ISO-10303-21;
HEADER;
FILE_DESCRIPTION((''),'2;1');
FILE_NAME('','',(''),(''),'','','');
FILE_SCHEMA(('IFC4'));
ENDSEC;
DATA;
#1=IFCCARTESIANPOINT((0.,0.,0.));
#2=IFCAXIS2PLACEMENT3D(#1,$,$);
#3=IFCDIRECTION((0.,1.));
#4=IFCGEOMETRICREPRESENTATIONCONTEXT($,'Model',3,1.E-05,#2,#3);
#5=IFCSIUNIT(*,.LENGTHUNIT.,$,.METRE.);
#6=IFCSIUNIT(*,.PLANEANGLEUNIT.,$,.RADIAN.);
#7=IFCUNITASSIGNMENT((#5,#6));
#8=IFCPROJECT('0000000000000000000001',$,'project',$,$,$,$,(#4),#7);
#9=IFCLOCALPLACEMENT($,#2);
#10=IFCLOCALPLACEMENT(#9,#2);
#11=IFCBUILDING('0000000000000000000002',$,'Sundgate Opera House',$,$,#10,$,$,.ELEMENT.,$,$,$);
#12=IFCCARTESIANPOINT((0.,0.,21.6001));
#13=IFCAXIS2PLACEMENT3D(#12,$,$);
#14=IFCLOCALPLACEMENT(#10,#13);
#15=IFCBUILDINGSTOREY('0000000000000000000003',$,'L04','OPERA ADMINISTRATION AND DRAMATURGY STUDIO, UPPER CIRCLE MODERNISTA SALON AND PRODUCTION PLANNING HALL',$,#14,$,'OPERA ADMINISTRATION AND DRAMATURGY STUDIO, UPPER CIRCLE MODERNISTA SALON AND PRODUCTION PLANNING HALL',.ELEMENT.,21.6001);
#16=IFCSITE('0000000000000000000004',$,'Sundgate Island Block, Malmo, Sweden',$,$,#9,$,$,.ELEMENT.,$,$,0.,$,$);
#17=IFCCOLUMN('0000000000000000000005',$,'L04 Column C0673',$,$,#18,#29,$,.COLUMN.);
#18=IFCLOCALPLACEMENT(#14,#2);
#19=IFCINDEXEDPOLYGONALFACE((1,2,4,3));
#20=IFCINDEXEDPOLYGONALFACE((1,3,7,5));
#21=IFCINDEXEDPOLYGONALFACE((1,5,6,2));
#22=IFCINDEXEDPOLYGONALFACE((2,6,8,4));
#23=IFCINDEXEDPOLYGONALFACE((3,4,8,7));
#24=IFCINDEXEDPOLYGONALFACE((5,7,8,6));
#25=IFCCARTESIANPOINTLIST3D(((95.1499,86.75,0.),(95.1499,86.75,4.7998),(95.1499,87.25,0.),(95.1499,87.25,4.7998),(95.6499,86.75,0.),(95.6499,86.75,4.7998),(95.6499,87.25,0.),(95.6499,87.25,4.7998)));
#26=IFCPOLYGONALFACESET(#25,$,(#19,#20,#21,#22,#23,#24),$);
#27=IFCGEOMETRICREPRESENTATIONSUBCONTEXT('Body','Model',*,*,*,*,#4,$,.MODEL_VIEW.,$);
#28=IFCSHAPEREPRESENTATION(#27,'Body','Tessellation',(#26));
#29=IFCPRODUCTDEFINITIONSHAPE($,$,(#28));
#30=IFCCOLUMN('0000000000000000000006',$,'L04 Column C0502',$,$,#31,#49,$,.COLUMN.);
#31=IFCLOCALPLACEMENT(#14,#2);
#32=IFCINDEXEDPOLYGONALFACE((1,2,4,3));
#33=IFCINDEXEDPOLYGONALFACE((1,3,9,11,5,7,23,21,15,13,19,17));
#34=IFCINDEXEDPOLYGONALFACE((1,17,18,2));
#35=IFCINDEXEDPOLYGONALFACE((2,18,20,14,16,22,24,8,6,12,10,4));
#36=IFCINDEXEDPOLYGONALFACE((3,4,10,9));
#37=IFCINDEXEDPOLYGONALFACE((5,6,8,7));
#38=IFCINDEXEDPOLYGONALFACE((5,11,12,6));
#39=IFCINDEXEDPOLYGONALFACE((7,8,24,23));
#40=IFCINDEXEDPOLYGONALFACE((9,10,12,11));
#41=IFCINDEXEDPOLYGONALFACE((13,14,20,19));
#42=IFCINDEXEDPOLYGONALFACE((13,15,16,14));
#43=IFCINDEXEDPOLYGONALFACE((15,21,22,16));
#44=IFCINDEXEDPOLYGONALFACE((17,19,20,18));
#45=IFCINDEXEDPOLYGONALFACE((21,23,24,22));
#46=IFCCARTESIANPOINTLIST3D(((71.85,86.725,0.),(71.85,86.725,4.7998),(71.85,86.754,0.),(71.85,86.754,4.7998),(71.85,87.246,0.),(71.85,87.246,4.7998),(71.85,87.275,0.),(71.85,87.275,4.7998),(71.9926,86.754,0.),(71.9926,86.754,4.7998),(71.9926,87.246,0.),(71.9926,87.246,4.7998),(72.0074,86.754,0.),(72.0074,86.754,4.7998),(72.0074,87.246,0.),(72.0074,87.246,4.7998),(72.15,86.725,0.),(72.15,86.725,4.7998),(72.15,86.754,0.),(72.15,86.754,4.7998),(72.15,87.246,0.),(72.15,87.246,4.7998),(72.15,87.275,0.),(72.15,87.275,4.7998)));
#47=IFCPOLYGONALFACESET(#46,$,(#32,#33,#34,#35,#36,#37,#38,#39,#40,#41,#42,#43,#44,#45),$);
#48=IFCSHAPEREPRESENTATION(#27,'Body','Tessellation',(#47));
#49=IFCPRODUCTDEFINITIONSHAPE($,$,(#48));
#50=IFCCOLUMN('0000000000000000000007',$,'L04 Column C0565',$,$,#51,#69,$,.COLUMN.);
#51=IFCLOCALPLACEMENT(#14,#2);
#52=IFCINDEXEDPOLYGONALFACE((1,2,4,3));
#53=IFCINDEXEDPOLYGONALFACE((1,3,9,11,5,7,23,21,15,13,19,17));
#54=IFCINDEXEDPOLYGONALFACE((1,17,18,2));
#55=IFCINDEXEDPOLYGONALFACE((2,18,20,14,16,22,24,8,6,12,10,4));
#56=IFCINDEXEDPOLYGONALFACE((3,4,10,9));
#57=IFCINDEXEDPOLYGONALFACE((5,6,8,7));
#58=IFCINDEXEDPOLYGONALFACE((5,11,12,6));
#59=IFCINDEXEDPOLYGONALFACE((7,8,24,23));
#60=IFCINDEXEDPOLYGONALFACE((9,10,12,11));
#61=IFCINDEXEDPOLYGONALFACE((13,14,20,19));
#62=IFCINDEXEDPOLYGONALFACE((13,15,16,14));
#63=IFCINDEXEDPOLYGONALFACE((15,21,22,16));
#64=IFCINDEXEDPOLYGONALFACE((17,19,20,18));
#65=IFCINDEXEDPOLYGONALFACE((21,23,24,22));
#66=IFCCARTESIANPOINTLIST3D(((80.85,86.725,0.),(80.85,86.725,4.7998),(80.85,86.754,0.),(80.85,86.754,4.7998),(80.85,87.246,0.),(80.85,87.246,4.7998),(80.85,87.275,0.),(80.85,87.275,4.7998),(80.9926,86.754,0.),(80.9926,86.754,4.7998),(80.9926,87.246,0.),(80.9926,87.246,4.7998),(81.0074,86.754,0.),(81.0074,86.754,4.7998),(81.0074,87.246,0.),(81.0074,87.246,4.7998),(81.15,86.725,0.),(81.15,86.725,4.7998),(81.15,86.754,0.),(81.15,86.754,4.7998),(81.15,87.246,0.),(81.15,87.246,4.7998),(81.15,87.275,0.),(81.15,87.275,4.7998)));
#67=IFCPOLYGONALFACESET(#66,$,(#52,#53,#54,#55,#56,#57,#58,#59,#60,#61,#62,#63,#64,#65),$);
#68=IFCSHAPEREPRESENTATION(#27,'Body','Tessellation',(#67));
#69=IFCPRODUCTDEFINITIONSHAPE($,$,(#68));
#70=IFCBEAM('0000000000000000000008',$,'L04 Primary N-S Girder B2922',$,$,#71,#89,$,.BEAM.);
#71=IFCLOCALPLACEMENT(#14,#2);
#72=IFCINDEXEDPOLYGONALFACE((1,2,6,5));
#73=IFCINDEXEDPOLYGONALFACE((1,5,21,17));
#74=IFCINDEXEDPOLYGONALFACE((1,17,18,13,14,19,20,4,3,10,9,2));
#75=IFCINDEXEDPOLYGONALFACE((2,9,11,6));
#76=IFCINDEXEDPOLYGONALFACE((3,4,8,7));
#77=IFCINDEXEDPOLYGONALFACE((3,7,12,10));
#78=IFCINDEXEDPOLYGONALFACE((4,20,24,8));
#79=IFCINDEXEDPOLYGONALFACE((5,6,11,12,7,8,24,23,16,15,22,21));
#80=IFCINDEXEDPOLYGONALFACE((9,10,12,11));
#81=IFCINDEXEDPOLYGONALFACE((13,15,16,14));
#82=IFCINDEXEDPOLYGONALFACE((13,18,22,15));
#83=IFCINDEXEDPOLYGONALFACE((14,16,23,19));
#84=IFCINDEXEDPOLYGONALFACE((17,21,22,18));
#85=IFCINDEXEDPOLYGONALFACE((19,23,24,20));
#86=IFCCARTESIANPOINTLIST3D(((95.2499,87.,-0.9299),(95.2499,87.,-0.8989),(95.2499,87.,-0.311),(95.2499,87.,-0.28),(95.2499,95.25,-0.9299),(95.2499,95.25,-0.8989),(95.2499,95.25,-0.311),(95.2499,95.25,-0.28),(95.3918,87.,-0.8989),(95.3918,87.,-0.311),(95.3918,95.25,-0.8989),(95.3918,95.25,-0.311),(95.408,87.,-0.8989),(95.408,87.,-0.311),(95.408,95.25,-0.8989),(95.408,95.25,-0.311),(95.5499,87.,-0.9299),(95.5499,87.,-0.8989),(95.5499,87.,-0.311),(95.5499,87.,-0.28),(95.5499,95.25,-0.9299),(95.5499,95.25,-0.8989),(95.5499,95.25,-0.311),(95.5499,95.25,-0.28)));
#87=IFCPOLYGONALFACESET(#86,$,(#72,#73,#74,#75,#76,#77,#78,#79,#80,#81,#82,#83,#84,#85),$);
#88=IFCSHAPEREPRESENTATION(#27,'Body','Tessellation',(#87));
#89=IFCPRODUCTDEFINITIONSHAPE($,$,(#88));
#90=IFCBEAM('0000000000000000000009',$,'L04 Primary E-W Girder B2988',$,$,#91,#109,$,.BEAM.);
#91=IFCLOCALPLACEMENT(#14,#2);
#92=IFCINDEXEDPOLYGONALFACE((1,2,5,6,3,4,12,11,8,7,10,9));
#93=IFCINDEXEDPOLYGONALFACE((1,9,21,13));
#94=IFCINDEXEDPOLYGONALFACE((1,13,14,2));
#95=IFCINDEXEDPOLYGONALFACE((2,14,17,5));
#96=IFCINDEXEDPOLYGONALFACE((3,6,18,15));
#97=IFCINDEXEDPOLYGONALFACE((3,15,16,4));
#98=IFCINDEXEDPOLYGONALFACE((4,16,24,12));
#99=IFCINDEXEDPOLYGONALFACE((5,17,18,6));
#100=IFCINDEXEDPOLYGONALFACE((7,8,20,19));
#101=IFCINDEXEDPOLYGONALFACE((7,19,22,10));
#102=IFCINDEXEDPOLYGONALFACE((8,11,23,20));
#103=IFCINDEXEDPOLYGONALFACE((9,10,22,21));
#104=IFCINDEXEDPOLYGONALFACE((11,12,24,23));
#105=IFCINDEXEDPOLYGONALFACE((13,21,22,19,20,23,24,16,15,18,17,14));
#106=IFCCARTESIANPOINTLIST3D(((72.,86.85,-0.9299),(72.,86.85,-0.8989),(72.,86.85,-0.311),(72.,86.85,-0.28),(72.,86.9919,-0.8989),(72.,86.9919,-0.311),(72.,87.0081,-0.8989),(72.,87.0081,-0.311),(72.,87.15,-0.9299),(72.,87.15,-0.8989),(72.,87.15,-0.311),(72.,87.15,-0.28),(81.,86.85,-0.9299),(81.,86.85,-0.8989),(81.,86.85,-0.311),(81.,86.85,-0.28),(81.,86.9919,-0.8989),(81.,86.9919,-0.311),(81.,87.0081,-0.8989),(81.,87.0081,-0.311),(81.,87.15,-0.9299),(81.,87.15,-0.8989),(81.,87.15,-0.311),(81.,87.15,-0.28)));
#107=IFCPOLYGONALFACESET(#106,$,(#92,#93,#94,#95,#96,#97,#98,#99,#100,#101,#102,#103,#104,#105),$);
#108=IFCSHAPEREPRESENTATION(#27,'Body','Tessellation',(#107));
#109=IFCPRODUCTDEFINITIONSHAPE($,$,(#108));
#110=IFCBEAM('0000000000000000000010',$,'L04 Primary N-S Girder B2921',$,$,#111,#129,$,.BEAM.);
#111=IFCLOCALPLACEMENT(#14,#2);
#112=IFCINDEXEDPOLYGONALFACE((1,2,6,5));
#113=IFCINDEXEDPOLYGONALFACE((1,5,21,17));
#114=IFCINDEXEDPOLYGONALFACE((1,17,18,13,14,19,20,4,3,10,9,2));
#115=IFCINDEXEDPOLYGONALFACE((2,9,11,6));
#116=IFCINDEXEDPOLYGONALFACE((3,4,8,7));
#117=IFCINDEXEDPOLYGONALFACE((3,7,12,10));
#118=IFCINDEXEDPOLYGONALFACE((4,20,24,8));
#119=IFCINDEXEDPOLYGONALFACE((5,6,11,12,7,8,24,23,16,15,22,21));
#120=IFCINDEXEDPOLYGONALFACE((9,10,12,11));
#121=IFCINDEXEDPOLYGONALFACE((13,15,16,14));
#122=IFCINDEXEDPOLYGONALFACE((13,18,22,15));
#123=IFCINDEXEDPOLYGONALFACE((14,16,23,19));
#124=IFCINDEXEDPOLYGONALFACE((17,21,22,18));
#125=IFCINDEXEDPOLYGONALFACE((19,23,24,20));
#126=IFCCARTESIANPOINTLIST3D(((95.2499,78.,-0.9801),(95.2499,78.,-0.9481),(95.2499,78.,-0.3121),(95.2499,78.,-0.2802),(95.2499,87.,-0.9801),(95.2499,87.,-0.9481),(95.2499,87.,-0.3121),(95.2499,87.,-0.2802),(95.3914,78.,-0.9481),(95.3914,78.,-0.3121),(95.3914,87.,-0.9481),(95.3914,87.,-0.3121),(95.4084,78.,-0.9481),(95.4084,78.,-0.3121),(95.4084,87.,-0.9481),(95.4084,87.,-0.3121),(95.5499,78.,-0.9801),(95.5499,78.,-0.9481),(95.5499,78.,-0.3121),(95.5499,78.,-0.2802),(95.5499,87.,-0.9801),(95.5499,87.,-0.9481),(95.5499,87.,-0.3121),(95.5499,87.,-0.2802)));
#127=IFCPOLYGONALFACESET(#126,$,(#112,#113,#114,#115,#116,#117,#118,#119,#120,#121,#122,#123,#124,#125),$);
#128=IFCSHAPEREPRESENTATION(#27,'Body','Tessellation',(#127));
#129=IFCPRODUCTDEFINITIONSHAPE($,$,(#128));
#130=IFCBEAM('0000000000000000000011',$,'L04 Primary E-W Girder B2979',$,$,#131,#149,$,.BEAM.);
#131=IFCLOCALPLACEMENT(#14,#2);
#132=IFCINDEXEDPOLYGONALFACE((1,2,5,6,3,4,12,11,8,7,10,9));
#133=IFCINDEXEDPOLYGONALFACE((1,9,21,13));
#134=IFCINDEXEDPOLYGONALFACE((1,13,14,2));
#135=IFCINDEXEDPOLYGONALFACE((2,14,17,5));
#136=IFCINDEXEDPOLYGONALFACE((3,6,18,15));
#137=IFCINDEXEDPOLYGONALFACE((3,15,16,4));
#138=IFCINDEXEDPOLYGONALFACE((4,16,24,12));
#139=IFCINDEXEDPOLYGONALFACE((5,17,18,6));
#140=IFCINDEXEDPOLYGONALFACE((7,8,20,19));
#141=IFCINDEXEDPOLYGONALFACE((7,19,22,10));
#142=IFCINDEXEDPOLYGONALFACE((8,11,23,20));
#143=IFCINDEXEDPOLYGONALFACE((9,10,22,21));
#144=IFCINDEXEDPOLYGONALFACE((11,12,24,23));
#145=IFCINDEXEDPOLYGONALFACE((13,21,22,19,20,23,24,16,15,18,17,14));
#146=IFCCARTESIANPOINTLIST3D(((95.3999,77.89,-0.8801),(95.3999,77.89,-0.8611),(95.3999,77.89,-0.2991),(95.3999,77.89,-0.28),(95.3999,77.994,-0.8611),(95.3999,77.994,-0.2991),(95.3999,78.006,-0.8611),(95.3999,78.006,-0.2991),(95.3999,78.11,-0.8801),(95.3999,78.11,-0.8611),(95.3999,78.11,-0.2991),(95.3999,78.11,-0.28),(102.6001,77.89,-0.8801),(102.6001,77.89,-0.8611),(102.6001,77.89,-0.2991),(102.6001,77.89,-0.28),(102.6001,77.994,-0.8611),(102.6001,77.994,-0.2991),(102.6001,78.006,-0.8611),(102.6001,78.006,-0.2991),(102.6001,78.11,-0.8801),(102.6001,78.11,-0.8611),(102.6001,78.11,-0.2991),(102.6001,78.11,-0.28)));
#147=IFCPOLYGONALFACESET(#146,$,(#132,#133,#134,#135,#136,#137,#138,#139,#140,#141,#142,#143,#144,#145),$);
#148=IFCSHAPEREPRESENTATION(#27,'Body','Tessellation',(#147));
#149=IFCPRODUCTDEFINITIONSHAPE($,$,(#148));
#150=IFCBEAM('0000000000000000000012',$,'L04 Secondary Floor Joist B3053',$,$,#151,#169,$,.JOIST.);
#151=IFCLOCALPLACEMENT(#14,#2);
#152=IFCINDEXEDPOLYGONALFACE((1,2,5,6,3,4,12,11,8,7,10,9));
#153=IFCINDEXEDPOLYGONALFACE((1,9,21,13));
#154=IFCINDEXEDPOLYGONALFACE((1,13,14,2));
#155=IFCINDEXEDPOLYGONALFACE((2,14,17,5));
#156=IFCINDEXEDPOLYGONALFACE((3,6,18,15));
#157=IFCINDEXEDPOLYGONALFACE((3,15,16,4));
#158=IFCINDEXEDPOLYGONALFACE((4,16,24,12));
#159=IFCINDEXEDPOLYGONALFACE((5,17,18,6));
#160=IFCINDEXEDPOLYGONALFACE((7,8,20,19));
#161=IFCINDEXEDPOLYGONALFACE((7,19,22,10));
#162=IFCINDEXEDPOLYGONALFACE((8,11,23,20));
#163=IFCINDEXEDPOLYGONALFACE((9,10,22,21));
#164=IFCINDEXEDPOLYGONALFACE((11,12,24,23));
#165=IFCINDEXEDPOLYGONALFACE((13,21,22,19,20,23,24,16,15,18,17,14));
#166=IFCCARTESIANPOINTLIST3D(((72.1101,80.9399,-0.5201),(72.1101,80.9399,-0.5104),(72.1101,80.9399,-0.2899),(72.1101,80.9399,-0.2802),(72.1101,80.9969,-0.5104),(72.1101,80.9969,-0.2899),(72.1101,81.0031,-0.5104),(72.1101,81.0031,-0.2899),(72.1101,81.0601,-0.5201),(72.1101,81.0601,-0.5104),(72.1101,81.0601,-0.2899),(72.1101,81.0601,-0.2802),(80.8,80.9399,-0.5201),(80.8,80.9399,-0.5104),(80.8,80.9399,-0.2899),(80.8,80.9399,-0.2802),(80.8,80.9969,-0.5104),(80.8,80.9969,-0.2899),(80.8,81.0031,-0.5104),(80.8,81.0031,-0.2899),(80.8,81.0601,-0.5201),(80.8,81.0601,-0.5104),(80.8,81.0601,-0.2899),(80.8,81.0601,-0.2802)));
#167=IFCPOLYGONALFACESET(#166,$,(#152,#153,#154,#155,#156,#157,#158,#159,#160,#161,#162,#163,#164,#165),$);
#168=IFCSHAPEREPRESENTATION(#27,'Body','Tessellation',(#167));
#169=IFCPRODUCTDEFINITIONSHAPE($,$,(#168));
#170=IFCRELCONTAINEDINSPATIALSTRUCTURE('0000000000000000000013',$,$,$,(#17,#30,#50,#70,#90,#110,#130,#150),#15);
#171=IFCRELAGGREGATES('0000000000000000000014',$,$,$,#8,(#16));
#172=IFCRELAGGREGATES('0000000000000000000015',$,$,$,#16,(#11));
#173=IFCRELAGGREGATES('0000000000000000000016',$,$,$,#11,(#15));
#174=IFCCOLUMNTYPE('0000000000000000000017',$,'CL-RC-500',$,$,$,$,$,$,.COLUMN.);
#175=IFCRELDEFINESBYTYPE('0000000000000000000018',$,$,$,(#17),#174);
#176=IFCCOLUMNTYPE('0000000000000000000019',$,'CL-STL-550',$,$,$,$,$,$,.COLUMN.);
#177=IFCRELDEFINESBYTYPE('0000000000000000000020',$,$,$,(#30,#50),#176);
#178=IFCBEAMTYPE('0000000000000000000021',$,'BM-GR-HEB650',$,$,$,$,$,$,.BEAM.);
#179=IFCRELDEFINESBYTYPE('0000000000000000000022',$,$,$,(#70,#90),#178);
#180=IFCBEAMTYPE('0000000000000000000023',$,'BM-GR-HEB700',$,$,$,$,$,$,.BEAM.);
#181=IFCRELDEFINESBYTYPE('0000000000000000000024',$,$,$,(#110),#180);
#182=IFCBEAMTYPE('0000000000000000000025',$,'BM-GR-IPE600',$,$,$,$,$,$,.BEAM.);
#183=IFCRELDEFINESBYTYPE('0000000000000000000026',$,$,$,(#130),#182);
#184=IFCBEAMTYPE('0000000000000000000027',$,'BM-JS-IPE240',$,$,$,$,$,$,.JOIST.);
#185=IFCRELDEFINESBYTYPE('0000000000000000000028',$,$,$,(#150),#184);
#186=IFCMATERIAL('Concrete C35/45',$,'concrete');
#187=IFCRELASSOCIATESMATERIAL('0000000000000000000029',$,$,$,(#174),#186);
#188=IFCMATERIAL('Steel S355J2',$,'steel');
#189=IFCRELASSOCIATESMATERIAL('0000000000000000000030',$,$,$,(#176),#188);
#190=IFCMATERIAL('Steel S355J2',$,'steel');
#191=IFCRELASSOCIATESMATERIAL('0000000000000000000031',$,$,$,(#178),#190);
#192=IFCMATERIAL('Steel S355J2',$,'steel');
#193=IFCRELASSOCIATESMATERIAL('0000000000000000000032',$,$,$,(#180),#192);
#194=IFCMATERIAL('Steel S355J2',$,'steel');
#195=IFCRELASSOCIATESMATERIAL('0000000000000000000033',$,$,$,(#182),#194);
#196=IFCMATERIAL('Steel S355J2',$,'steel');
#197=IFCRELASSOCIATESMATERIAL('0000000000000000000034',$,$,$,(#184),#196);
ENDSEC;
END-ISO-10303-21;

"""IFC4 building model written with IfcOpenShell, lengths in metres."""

from ifc_helpers import new_model, si_unit, direction, frame, origin, origin_2d, place, context, subcontext, project, spatial, rectangle, i_section, extrude, material, material_profile, profile_set, type_object, element, save


model = new_model("IFC4")

# Units and contexts
model_context = context("Model", 3, precision=1e-05, world=origin(), true_north=direction((0.0, 1.0)))
body_context = subcontext(model_context, "Body", "Model", "MODEL_VIEW")
ifc_project = project(units=[si_unit("LENGTHUNIT", "METRE"), si_unit("PLANEANGLEUNIT", "RADIAN")], contexts=[model_context])

# Site, building, storey
site_placement = place(None, origin())
site = spatial("IfcSite", under=ifc_project, at=site_placement, Name="Sundgate Island Block, Malmo, Sweden", CompositionType="ELEMENT", RefElevation=0.0)
building_placement = place(site_placement, origin())
building = spatial("IfcBuilding", under=site, at=building_placement, Name="Sundgate Opera House", CompositionType="ELEMENT")
storey_placement = place(building_placement, frame((0.0, 0.0, 21.6001)))
storey = spatial("IfcBuildingStorey", under=building, at=storey_placement, Name="L04", Description="OPERA ADMINISTRATION AND DRAMATURGY STUDIO, UPPER CIRCLE MODERNISTA SALON AND PRODUCTION PLANNING HALL", LongName="OPERA ADMINISTRATION AND DRAMATURGY STUDIO, UPPER CIRCLE MODERNISTA SALON AND PRODUCTION PLANNING HALL", CompositionType="ELEMENT", Elevation=21.6001)

# Columns
ifc_material_1 = material(Name="Concrete C35/45", Category="concrete")
ifc_material_profile_1 = material_profile(ifc_material_1, rectangle(XDim=0.5, YDim=0.5, at=origin_2d()), Name="RC 500x500")
ifc_profile_set_1 = profile_set([ifc_material_profile_1], Name="Concrete C35/45")
column_type_1 = type_object("IfcColumnType", Name="CL-RC-500", PredefinedType="COLUMN", material=ifc_profile_set_1)
column_placement = place(storey_placement, frame((95.3999, 87.0, 0.0), z_axis=(0.0, 0.0, 1.0), x_axis=(1.0, 0.0, 0.0)))
element("IfcColumn", 1, at=column_placement, inside=storey, type_object=column_type_1, Name="L04 Column C0673", PredefinedType="COLUMN", context=body_context, shape_type="SweptSolid", body=[
    extrude(rectangle(XDim=0.5, YDim=0.5, at=origin_2d()), origin(), (0.0, 0.0, 1.0), 4.7998),
])
ifc_material_2 = material(Name="Steel S355J2", Category="steel")
ifc_material_profile_2 = material_profile(ifc_material_2, i_section(OverallWidth=0.3, OverallDepth=0.55, WebThickness=0.0149, FlangeThickness=0.0291, at=origin_2d()), Name="HEB 550")
ifc_profile_set_2 = profile_set([ifc_material_profile_2], Name="Steel S355J2")
column_type_2 = type_object("IfcColumnType", Name="CL-STL-550", PredefinedType="COLUMN", material=ifc_profile_set_2)
for number, where, z_axis, x_axis, name in (
    (2, (72.0, 87.0, 0.0), (0.0, 0.0, 1.0), (1.0, 0.0, 0.0), "L04 Column C0502"),
    (3, (81.0, 87.0, 0.0), (0.0, 0.0, 1.0), (1.0, 0.0, 0.0), "L04 Column C0565"),
):
    element("IfcColumn", number, at=place(storey_placement, frame(where, z_axis=z_axis, x_axis=x_axis)), inside=storey, type_object=column_type_2, Name=name, PredefinedType="COLUMN", context=body_context, shape_type="SweptSolid", body=[
        extrude(i_section(OverallWidth=0.3, OverallDepth=0.55, WebThickness=0.0149, FlangeThickness=0.0291, at=origin_2d()), origin(), (0.0, 0.0, 1.0), 4.7998),
    ])

# Beams
ifc_material_3 = material(Name="Steel S355J2", Category="steel")
ifc_material_profile_3 = material_profile(ifc_material_3, i_section(OverallWidth=0.3, OverallDepth=0.6499, WebThickness=0.0161, FlangeThickness=0.031, at=origin_2d()), Name="HEB 650")
ifc_profile_set_3 = profile_set([ifc_material_profile_3], Name="Steel S355J2")
beam_type_1 = type_object("IfcBeamType", Name="BM-GR-HEB650", PredefinedType="BEAM", material=ifc_profile_set_3)
beam_1_placement = place(storey_placement, frame((95.3999, 87.0, -0.605), z_axis=(0.0, 1.0, 0.0), x_axis=(-1.0, 0.0, 0.0)))
element("IfcBeam", 4, at=beam_1_placement, inside=storey, type_object=beam_type_1, Name="L04 Primary N-S Girder B2922", PredefinedType="BEAM", context=body_context, shape_type="SweptSolid", body=[
    extrude(i_section(OverallWidth=0.3, OverallDepth=0.6499, WebThickness=0.0161, FlangeThickness=0.031, at=origin_2d()), origin(), (0.0, 0.0, 1.0), 8.25),
])
beam_2_placement = place(storey_placement, frame((72.0, 87.0, -0.605), z_axis=(1.0, 0.0, 0.0), x_axis=(0.0, 1.0, 0.0)))
element("IfcBeam", 5, at=beam_2_placement, inside=storey, type_object=beam_type_1, Name="L04 Primary E-W Girder B2988", PredefinedType="BEAM", context=body_context, shape_type="SweptSolid", body=[
    extrude(i_section(OverallWidth=0.3, OverallDepth=0.6499, WebThickness=0.0161, FlangeThickness=0.031, at=origin_2d()), origin(), (0.0, 0.0, 1.0), 9.0),
])
ifc_material_4 = material(Name="Steel S355J2", Category="steel")
ifc_material_profile_4 = material_profile(ifc_material_4, i_section(OverallWidth=0.3, OverallDepth=0.7, WebThickness=0.0171, FlangeThickness=0.032, at=origin_2d()), Name="HEB 700")
ifc_profile_set_4 = profile_set([ifc_material_profile_4], Name="Steel S355J2")
beam_type_2 = type_object("IfcBeamType", Name="BM-GR-HEB700", PredefinedType="BEAM", material=ifc_profile_set_4)
beam_3_placement = place(storey_placement, frame((95.3999, 78.0, -0.6301), z_axis=(0.0, 1.0, 0.0), x_axis=(-1.0, 0.0, 0.0)))
element("IfcBeam", 6, at=beam_3_placement, inside=storey, type_object=beam_type_2, Name="L04 Primary N-S Girder B2921", PredefinedType="BEAM", context=body_context, shape_type="SweptSolid", body=[
    extrude(i_section(OverallWidth=0.3, OverallDepth=0.7, WebThickness=0.0171, FlangeThickness=0.032, at=origin_2d()), origin(), (0.0, 0.0, 1.0), 9.0),
])
ifc_material_5 = material(Name="Steel S355J2", Category="steel")
ifc_material_profile_5 = material_profile(ifc_material_5, i_section(OverallWidth=0.22, OverallDepth=0.6001, WebThickness=0.012, FlangeThickness=0.019, at=origin_2d()), Name="IPE 600")
ifc_profile_set_5 = profile_set([ifc_material_profile_5], Name="Steel S355J2")
beam_type_3 = type_object("IfcBeamType", Name="BM-GR-IPE600", PredefinedType="BEAM", material=ifc_profile_set_5)
beam_4_placement = place(storey_placement, frame((95.3999, 78.0, -0.5801), z_axis=(1.0, 0.0, 0.0), x_axis=(0.0, 1.0, 0.0)))
element("IfcBeam", 7, at=beam_4_placement, inside=storey, type_object=beam_type_3, Name="L04 Primary E-W Girder B2979", PredefinedType="BEAM", context=body_context, shape_type="SweptSolid", body=[
    extrude(i_section(OverallWidth=0.22, OverallDepth=0.6001, WebThickness=0.012, FlangeThickness=0.019, at=origin_2d()), origin(), (0.0, 0.0, 1.0), 7.2002),
])
ifc_material_6 = material(Name="Steel S355J2", Category="steel")
ifc_material_profile_6 = material_profile(ifc_material_6, i_section(OverallWidth=0.1201, OverallDepth=0.24, WebThickness=0.0061, FlangeThickness=0.0098, at=origin_2d()), Name="IPE 240")
ifc_profile_set_6 = profile_set([ifc_material_profile_6], Name="Steel S355J2")
beam_type_4 = type_object("IfcBeamType", Name="BM-JS-IPE240", PredefinedType="JOIST", material=ifc_profile_set_6)
beam_5_placement = place(storey_placement, frame((72.1101, 81.0, -0.4001), z_axis=(1.0, 0.0, 0.0), x_axis=(0.0, 1.0, 0.0)))
element("IfcBeam", 8, at=beam_5_placement, inside=storey, type_object=beam_type_4, Name="L04 Secondary Floor Joist B3053", PredefinedType="JOIST", context=body_context, shape_type="SweptSolid", body=[
    extrude(i_section(OverallWidth=0.1201, OverallDepth=0.24, WebThickness=0.0061, FlangeThickness=0.0098, at=origin_2d()), origin(), (0.0, 0.0, 1.0), 8.6899),
])

save(model, "model.ifc")
